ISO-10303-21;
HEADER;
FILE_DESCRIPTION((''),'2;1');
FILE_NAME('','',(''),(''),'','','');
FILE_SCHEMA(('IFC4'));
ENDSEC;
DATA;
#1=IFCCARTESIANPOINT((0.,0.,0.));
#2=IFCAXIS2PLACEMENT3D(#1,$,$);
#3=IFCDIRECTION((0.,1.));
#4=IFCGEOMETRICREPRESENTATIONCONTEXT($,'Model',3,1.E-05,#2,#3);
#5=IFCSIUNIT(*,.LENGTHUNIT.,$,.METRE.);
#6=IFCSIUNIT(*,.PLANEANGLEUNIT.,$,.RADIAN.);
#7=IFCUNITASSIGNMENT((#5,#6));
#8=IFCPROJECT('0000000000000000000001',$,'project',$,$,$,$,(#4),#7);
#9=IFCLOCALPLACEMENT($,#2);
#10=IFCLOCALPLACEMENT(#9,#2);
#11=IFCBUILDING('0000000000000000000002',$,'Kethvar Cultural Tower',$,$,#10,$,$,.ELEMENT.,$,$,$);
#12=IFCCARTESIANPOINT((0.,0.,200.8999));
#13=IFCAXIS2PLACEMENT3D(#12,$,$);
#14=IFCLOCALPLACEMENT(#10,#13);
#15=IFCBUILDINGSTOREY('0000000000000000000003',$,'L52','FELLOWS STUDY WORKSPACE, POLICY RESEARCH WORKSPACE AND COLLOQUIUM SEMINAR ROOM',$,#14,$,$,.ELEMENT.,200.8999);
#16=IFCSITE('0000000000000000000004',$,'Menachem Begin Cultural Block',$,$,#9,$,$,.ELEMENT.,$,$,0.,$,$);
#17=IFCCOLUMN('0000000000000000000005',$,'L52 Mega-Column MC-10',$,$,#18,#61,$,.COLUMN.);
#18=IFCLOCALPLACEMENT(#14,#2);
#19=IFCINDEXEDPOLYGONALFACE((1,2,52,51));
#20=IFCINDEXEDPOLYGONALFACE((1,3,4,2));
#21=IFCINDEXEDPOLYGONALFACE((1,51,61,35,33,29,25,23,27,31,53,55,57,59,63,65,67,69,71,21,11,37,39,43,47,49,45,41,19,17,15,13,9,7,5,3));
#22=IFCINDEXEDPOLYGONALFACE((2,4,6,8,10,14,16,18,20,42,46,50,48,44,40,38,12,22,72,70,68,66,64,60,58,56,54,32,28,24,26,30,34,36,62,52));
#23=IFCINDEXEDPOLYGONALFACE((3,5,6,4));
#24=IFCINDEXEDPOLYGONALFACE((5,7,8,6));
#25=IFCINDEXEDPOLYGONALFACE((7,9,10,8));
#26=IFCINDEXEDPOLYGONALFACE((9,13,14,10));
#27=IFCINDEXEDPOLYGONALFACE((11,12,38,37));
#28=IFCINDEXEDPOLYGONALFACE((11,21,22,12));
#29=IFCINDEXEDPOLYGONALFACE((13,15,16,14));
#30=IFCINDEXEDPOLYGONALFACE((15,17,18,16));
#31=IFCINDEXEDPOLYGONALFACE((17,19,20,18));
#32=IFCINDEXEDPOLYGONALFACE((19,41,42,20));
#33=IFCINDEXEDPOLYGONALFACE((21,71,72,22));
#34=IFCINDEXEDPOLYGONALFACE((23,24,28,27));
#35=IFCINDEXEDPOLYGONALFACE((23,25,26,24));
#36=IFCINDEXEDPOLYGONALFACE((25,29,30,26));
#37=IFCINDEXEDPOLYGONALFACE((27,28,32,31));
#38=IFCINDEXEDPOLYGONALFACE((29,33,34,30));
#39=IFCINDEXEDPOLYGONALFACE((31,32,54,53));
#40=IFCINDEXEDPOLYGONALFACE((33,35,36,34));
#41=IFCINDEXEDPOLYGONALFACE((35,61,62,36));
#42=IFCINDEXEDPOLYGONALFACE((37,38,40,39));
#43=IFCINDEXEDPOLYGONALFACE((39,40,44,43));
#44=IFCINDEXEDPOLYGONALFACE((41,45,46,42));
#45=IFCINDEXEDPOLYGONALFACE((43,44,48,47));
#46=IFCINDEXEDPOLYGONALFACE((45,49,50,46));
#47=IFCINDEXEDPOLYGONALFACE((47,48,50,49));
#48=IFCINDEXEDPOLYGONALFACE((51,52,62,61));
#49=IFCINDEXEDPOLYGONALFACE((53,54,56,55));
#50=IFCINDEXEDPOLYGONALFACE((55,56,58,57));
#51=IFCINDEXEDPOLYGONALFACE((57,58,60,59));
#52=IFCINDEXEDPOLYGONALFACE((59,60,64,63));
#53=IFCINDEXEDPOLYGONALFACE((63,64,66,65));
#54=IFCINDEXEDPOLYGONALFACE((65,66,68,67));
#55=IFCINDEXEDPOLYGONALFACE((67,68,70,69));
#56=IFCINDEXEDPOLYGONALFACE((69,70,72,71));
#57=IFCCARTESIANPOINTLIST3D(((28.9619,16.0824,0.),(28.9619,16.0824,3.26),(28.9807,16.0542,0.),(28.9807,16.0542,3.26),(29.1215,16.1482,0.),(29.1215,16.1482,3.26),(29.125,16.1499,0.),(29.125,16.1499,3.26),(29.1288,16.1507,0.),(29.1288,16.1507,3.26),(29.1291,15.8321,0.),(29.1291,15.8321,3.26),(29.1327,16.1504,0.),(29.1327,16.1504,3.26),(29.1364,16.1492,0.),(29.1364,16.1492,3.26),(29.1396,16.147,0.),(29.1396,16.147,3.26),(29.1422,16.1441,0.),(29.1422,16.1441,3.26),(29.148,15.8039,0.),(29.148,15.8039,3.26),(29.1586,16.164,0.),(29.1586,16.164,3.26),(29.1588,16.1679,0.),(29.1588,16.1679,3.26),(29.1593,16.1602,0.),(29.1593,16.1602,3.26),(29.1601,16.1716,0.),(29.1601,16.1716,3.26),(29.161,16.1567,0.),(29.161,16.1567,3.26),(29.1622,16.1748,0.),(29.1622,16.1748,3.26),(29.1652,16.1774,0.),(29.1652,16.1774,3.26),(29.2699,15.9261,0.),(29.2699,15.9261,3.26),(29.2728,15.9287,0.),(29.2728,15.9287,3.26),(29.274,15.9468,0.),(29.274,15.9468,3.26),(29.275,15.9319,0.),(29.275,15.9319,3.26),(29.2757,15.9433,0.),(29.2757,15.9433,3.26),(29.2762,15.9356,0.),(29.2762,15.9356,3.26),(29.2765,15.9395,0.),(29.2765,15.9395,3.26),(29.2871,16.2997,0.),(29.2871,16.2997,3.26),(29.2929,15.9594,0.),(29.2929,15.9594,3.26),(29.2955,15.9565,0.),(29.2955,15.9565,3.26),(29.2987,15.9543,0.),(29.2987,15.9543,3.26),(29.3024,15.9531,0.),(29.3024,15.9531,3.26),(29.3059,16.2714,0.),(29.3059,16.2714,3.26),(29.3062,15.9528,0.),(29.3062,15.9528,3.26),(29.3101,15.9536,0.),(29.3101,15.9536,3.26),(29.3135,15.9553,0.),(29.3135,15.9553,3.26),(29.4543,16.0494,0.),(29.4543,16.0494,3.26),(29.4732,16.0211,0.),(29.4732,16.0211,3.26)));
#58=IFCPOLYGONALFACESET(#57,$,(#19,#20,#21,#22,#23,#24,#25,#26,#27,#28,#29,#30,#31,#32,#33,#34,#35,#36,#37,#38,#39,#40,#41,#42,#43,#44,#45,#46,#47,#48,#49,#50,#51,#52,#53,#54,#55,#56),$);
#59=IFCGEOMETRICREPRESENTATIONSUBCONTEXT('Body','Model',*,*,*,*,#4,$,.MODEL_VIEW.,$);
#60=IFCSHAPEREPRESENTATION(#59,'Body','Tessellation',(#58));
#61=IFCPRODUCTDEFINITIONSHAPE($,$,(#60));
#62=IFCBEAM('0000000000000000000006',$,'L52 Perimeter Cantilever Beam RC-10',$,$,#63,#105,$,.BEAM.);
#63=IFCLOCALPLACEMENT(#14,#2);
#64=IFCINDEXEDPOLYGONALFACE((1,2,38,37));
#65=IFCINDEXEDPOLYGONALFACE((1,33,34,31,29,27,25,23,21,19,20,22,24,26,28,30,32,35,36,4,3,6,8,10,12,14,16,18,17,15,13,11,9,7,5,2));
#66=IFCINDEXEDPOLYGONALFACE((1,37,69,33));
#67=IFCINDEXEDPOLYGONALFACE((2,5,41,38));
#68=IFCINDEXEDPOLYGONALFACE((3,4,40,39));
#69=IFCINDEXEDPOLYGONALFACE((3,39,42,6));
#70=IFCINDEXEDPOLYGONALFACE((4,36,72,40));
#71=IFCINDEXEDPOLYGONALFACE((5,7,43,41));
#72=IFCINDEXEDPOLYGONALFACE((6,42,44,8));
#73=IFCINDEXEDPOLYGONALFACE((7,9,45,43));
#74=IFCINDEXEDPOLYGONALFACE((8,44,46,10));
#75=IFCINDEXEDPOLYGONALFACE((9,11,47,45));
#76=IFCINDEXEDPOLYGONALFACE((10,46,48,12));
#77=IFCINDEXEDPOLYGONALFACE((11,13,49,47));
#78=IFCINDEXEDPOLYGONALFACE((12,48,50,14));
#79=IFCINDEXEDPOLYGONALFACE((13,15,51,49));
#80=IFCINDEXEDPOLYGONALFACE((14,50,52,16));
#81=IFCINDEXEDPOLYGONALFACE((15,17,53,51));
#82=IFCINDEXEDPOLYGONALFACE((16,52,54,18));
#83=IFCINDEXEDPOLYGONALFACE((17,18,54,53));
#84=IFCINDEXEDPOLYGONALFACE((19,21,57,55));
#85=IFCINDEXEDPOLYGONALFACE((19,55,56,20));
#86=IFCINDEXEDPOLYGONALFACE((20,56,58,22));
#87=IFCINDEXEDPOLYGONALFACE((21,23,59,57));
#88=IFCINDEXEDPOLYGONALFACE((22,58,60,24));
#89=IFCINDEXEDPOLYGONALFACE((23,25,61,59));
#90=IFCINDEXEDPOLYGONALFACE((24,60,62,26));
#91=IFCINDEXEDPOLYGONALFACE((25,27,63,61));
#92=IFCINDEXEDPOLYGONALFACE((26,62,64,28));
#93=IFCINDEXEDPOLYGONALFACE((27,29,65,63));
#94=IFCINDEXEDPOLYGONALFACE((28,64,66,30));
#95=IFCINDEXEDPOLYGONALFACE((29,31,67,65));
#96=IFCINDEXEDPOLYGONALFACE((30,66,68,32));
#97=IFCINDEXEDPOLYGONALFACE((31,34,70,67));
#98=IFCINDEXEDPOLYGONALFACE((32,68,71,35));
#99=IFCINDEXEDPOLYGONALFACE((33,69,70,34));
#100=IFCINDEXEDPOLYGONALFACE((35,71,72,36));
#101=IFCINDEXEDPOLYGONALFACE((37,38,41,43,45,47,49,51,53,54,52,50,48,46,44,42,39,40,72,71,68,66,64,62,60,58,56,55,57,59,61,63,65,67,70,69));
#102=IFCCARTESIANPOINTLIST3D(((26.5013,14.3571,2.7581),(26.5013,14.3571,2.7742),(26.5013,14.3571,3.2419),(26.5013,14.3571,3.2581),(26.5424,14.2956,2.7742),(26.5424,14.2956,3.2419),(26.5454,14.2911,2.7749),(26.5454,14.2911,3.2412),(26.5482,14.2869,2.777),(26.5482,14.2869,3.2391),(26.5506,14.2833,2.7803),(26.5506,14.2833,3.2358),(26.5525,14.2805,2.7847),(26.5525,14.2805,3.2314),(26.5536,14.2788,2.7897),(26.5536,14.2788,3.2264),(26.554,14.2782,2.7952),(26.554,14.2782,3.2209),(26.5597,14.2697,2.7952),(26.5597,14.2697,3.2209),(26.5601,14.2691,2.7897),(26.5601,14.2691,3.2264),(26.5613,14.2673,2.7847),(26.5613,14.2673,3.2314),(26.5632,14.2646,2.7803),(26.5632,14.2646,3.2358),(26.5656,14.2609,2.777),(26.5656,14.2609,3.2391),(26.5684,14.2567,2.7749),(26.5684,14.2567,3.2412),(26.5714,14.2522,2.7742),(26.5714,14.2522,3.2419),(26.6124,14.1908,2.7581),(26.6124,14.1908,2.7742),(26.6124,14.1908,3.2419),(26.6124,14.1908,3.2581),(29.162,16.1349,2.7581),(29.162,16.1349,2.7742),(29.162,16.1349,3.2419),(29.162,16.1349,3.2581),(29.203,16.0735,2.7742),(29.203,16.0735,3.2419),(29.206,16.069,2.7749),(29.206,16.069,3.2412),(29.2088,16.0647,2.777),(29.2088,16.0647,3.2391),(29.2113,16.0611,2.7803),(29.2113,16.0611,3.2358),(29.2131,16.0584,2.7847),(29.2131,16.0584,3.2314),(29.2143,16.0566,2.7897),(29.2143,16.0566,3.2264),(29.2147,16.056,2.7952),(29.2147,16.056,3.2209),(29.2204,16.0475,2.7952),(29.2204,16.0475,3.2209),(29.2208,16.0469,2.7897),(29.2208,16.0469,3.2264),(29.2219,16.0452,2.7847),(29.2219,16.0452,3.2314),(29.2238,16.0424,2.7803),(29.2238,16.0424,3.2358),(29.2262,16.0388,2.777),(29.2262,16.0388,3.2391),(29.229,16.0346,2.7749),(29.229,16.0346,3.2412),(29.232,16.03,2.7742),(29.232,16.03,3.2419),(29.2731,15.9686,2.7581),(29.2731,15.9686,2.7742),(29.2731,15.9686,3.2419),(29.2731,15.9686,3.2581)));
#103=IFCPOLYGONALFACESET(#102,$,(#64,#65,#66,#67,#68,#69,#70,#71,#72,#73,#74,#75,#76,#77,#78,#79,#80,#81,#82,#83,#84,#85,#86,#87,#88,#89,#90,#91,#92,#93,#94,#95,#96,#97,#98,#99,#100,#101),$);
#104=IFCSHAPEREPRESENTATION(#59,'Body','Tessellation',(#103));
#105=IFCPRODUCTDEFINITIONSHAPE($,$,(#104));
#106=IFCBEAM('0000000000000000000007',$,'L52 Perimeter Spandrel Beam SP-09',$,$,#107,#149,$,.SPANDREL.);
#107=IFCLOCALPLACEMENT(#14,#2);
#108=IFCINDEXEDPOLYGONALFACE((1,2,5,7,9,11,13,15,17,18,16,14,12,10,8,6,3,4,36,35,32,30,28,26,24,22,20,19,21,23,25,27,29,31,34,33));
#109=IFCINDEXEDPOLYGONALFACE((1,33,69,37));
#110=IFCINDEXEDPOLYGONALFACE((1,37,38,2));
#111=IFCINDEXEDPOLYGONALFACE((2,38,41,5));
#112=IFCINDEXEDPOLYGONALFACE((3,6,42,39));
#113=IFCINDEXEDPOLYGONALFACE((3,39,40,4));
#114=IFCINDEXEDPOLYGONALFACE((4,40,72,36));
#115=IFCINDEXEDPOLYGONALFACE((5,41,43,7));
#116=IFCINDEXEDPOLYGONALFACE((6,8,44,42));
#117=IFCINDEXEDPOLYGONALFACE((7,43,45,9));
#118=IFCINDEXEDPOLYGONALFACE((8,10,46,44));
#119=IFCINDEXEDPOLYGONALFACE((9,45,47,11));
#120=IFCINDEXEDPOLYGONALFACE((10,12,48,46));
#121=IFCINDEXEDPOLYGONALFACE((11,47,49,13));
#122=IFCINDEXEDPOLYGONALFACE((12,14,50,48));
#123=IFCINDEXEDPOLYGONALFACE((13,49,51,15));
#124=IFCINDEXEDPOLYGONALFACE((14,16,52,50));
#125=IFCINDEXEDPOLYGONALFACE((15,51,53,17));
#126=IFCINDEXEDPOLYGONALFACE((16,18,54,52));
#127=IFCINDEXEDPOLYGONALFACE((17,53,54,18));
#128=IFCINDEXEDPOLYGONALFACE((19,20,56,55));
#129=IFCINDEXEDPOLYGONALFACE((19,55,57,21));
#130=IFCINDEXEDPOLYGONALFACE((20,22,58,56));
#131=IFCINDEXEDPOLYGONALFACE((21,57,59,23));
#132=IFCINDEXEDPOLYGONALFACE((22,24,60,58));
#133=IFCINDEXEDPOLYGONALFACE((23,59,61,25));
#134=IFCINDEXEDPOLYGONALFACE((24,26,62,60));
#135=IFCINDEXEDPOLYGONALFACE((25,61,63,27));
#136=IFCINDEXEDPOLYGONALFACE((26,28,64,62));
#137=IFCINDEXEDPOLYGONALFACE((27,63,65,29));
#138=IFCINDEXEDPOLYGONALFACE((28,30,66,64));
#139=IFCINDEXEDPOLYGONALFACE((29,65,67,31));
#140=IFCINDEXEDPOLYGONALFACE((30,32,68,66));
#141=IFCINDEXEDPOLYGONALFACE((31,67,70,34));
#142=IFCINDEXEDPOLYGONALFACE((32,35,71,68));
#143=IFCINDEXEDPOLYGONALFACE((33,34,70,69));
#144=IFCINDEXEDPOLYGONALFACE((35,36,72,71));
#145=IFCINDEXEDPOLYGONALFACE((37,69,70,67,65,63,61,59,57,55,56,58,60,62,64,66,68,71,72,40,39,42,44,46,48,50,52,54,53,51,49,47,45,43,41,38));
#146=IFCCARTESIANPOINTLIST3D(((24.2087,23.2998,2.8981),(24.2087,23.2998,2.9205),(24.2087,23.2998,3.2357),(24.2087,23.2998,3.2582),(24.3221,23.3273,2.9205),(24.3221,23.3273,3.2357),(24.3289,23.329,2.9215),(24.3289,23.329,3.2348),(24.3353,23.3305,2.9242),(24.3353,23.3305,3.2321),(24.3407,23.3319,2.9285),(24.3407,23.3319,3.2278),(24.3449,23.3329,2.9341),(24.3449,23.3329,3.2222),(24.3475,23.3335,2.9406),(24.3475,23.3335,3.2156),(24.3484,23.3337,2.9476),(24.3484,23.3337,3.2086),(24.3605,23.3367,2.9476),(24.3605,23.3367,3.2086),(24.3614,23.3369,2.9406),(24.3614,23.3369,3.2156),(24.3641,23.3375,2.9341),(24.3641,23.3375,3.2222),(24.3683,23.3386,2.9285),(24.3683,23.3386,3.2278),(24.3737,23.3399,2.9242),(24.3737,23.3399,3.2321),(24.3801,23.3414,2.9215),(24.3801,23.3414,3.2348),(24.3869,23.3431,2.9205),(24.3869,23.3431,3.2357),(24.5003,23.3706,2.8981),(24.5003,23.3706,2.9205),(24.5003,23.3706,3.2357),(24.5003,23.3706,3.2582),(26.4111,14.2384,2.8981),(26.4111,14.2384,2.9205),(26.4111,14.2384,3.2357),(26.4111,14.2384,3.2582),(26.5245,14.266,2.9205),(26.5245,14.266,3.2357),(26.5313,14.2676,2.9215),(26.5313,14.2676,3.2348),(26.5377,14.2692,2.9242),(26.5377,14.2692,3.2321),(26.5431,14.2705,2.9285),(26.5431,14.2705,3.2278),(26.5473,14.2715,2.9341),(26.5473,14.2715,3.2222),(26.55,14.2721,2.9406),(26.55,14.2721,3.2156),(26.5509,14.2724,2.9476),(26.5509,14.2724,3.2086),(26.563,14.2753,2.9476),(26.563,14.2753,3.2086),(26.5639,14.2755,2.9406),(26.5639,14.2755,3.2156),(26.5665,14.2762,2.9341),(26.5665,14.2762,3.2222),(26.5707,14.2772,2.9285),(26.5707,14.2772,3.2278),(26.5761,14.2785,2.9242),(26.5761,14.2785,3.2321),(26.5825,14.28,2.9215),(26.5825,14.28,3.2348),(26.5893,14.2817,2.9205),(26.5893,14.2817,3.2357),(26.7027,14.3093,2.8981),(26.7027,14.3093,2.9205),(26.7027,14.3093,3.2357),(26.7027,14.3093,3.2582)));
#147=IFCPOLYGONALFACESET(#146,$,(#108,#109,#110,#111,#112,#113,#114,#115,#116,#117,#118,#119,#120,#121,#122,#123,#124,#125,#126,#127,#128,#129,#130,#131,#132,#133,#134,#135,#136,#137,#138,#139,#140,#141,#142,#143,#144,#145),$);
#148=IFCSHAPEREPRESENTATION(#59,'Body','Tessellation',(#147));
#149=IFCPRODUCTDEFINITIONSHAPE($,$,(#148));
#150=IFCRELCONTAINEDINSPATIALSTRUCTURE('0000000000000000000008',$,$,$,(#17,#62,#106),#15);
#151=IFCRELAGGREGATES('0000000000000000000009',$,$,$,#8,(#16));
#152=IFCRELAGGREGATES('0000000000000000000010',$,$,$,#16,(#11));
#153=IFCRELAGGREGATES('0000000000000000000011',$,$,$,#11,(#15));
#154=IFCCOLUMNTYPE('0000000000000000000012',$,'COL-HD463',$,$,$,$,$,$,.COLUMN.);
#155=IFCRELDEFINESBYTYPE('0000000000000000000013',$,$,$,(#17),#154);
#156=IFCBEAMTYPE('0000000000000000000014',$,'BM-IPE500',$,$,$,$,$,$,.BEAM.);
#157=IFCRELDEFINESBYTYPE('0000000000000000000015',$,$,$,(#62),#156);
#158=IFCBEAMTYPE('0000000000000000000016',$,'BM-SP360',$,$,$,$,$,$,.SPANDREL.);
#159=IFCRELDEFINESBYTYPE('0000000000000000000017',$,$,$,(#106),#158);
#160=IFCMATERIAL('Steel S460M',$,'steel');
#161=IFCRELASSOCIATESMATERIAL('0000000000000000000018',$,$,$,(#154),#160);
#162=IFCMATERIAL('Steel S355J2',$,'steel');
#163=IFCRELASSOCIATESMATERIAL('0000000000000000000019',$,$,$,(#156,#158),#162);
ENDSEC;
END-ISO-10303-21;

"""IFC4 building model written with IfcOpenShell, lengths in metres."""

from ifc_helpers import new_model, si_unit, direction, frame, origin, origin_2d, place, context, subcontext, project, spatial, i_section, extrude, source, transform, mapped, material, material_profile, profile_set, type_object, element, save


model = new_model("IFC4")

# Units and contexts
model_context = context("Model", 3, precision=1e-05, world=origin(), true_north=direction((0.0, 1.0)))
body_context = subcontext(model_context, "Body", "Model", "MODEL_VIEW")
ifc_project = project(units=[si_unit("LENGTHUNIT", "METRE"), si_unit("PLANEANGLEUNIT", "RADIAN")], contexts=[model_context])

# Site, building, storey
site_placement = place(None, origin())
site = spatial("IfcSite", under=ifc_project, at=site_placement, Name="Menachem Begin Cultural Block", CompositionType="ELEMENT", RefElevation=0.0)
building_placement = place(site_placement, origin())
building = spatial("IfcBuilding", under=site, at=building_placement, Name="Kethvar Cultural Tower", CompositionType="ELEMENT")
storey_placement = place(building_placement, frame((0.0, 0.0, 200.8999)))
storey = spatial("IfcBuildingStorey", under=building, at=storey_placement, Name="L52", Description="FELLOWS STUDY WORKSPACE, POLICY RESEARCH WORKSPACE AND COLLOQUIUM SEMINAR ROOM", CompositionType="ELEMENT", Elevation=200.8999)

# Column
ifc_material_1 = material(Name="Steel S460M", Category="steel")
ifc_material_profile_1 = material_profile(ifc_material_1, i_section(OverallWidth=0.3911, OverallDepth=0.335, WebThickness=0.0227, FlangeThickness=0.0339, FilletRadius=0.0149, at=origin_2d()), Name="Steel S460M — HD400x463")
ifc_profile_set_1 = profile_set([ifc_material_profile_1], Name="Steel S460M — HD400x463")
column_type = type_object("IfcColumnType", Name="COL-HD463", PredefinedType="COLUMN", material=ifc_profile_set_1)
shared_shape_1 = source(origin(), body_context, "Body", "SweptSolid", [
    extrude(i_section(OverallWidth=0.3911, OverallDepth=0.335, WebThickness=0.0227, FlangeThickness=0.0339, FilletRadius=0.0149, at=origin_2d()), origin(), (0.0, 0.0, 1.0), 3.26),
])
column_placement = place(storey_placement, frame((29.2175, 16.0518, 0.0), z_axis=(0.0, 0.0, 1.0), x_axis=(-0.83147, -0.55557, 0.0)))
element("IfcColumn", 1, at=column_placement, inside=storey, type_object=column_type, Name="L52 Mega-Column MC-10", PredefinedType="COLUMN", context=body_context, shape_type="MappedRepresentation", body=[
    mapped(shared_shape_1, transform((0.0, 0.0, 0.0), scale=1.0)),
])

# Beams
ifc_material_2 = material(Name="Steel S355J2", Category="steel")
ifc_material_profile_2 = material_profile(ifc_material_2, i_section(OverallWidth=0.2, OverallDepth=0.5, WebThickness=0.0103, FlangeThickness=0.0161, FilletRadius=0.021, at=origin_2d()), Name="Steel S355J2 — IPE500")
ifc_profile_set_2 = profile_set([ifc_material_profile_2], Name="Steel S355J2 — IPE500")
beam_type_1 = type_object("IfcBeamType", Name="BM-IPE500", PredefinedType="BEAM", material=ifc_profile_set_2)
shared_shape_2 = source(origin(), body_context, "Body", "SweptSolid", [
    extrude(i_section(OverallWidth=0.2, OverallDepth=0.5, WebThickness=0.0103, FlangeThickness=0.0161, FilletRadius=0.021, at=origin_2d()), origin(), (0.0, 0.0, 1.0), 3.2),
])
beam_1_placement = place(storey_placement, frame((29.2175, 16.0518, 3.0081), z_axis=(-0.831463, -0.55558, 0.0), x_axis=(0.55558, -0.831463, 0.0)))
element("IfcBeam", 2, at=beam_1_placement, inside=storey, type_object=beam_type_1, Name="L52 Perimeter Cantilever Beam RC-10", PredefinedType="BEAM", context=body_context, shape_type="MappedRepresentation", body=[
    mapped(shared_shape_2, transform((0.0, 0.0, 0.0), scale=1.0)),
])
ifc_material_profile_3 = material_profile(ifc_material_2, i_section(OverallWidth=0.3, OverallDepth=0.3601, WebThickness=0.0125, FlangeThickness=0.0225, FilletRadius=0.0271, at=origin_2d()), Name="Steel S355J2 — HEB360")
ifc_profile_set_3 = profile_set([ifc_material_profile_3], Name="Steel S355J2 — HEB360")
beam_type_2 = type_object("IfcBeamType", Name="BM-SP360", PredefinedType="SPANDREL", material=ifc_profile_set_3)
shared_shape_3 = source(origin(), body_context, "Body", "SweptSolid", [
    extrude(i_section(OverallWidth=0.3, OverallDepth=0.3601, WebThickness=0.0125, FlangeThickness=0.0225, FilletRadius=0.0271, at=origin_2d()), origin(), (0.0, 0.0, 1.0), 9.3252),
])
beam_2_placement = place(storey_placement, frame((24.3545, 23.3352, 3.0781), z_axis=(0.236179, -0.97171, 0.0), x_axis=(0.97171, 0.236179, 0.0)))
element("IfcBeam", 3, at=beam_2_placement, inside=storey, type_object=beam_type_2, Name="L52 Perimeter Spandrel Beam SP-09", PredefinedType="SPANDREL", context=body_context, shape_type="MappedRepresentation", body=[
    mapped(shared_shape_3, transform((0.0, 0.0, 0.0), scale=1.0)),
])

save(model, "model.ifc")
